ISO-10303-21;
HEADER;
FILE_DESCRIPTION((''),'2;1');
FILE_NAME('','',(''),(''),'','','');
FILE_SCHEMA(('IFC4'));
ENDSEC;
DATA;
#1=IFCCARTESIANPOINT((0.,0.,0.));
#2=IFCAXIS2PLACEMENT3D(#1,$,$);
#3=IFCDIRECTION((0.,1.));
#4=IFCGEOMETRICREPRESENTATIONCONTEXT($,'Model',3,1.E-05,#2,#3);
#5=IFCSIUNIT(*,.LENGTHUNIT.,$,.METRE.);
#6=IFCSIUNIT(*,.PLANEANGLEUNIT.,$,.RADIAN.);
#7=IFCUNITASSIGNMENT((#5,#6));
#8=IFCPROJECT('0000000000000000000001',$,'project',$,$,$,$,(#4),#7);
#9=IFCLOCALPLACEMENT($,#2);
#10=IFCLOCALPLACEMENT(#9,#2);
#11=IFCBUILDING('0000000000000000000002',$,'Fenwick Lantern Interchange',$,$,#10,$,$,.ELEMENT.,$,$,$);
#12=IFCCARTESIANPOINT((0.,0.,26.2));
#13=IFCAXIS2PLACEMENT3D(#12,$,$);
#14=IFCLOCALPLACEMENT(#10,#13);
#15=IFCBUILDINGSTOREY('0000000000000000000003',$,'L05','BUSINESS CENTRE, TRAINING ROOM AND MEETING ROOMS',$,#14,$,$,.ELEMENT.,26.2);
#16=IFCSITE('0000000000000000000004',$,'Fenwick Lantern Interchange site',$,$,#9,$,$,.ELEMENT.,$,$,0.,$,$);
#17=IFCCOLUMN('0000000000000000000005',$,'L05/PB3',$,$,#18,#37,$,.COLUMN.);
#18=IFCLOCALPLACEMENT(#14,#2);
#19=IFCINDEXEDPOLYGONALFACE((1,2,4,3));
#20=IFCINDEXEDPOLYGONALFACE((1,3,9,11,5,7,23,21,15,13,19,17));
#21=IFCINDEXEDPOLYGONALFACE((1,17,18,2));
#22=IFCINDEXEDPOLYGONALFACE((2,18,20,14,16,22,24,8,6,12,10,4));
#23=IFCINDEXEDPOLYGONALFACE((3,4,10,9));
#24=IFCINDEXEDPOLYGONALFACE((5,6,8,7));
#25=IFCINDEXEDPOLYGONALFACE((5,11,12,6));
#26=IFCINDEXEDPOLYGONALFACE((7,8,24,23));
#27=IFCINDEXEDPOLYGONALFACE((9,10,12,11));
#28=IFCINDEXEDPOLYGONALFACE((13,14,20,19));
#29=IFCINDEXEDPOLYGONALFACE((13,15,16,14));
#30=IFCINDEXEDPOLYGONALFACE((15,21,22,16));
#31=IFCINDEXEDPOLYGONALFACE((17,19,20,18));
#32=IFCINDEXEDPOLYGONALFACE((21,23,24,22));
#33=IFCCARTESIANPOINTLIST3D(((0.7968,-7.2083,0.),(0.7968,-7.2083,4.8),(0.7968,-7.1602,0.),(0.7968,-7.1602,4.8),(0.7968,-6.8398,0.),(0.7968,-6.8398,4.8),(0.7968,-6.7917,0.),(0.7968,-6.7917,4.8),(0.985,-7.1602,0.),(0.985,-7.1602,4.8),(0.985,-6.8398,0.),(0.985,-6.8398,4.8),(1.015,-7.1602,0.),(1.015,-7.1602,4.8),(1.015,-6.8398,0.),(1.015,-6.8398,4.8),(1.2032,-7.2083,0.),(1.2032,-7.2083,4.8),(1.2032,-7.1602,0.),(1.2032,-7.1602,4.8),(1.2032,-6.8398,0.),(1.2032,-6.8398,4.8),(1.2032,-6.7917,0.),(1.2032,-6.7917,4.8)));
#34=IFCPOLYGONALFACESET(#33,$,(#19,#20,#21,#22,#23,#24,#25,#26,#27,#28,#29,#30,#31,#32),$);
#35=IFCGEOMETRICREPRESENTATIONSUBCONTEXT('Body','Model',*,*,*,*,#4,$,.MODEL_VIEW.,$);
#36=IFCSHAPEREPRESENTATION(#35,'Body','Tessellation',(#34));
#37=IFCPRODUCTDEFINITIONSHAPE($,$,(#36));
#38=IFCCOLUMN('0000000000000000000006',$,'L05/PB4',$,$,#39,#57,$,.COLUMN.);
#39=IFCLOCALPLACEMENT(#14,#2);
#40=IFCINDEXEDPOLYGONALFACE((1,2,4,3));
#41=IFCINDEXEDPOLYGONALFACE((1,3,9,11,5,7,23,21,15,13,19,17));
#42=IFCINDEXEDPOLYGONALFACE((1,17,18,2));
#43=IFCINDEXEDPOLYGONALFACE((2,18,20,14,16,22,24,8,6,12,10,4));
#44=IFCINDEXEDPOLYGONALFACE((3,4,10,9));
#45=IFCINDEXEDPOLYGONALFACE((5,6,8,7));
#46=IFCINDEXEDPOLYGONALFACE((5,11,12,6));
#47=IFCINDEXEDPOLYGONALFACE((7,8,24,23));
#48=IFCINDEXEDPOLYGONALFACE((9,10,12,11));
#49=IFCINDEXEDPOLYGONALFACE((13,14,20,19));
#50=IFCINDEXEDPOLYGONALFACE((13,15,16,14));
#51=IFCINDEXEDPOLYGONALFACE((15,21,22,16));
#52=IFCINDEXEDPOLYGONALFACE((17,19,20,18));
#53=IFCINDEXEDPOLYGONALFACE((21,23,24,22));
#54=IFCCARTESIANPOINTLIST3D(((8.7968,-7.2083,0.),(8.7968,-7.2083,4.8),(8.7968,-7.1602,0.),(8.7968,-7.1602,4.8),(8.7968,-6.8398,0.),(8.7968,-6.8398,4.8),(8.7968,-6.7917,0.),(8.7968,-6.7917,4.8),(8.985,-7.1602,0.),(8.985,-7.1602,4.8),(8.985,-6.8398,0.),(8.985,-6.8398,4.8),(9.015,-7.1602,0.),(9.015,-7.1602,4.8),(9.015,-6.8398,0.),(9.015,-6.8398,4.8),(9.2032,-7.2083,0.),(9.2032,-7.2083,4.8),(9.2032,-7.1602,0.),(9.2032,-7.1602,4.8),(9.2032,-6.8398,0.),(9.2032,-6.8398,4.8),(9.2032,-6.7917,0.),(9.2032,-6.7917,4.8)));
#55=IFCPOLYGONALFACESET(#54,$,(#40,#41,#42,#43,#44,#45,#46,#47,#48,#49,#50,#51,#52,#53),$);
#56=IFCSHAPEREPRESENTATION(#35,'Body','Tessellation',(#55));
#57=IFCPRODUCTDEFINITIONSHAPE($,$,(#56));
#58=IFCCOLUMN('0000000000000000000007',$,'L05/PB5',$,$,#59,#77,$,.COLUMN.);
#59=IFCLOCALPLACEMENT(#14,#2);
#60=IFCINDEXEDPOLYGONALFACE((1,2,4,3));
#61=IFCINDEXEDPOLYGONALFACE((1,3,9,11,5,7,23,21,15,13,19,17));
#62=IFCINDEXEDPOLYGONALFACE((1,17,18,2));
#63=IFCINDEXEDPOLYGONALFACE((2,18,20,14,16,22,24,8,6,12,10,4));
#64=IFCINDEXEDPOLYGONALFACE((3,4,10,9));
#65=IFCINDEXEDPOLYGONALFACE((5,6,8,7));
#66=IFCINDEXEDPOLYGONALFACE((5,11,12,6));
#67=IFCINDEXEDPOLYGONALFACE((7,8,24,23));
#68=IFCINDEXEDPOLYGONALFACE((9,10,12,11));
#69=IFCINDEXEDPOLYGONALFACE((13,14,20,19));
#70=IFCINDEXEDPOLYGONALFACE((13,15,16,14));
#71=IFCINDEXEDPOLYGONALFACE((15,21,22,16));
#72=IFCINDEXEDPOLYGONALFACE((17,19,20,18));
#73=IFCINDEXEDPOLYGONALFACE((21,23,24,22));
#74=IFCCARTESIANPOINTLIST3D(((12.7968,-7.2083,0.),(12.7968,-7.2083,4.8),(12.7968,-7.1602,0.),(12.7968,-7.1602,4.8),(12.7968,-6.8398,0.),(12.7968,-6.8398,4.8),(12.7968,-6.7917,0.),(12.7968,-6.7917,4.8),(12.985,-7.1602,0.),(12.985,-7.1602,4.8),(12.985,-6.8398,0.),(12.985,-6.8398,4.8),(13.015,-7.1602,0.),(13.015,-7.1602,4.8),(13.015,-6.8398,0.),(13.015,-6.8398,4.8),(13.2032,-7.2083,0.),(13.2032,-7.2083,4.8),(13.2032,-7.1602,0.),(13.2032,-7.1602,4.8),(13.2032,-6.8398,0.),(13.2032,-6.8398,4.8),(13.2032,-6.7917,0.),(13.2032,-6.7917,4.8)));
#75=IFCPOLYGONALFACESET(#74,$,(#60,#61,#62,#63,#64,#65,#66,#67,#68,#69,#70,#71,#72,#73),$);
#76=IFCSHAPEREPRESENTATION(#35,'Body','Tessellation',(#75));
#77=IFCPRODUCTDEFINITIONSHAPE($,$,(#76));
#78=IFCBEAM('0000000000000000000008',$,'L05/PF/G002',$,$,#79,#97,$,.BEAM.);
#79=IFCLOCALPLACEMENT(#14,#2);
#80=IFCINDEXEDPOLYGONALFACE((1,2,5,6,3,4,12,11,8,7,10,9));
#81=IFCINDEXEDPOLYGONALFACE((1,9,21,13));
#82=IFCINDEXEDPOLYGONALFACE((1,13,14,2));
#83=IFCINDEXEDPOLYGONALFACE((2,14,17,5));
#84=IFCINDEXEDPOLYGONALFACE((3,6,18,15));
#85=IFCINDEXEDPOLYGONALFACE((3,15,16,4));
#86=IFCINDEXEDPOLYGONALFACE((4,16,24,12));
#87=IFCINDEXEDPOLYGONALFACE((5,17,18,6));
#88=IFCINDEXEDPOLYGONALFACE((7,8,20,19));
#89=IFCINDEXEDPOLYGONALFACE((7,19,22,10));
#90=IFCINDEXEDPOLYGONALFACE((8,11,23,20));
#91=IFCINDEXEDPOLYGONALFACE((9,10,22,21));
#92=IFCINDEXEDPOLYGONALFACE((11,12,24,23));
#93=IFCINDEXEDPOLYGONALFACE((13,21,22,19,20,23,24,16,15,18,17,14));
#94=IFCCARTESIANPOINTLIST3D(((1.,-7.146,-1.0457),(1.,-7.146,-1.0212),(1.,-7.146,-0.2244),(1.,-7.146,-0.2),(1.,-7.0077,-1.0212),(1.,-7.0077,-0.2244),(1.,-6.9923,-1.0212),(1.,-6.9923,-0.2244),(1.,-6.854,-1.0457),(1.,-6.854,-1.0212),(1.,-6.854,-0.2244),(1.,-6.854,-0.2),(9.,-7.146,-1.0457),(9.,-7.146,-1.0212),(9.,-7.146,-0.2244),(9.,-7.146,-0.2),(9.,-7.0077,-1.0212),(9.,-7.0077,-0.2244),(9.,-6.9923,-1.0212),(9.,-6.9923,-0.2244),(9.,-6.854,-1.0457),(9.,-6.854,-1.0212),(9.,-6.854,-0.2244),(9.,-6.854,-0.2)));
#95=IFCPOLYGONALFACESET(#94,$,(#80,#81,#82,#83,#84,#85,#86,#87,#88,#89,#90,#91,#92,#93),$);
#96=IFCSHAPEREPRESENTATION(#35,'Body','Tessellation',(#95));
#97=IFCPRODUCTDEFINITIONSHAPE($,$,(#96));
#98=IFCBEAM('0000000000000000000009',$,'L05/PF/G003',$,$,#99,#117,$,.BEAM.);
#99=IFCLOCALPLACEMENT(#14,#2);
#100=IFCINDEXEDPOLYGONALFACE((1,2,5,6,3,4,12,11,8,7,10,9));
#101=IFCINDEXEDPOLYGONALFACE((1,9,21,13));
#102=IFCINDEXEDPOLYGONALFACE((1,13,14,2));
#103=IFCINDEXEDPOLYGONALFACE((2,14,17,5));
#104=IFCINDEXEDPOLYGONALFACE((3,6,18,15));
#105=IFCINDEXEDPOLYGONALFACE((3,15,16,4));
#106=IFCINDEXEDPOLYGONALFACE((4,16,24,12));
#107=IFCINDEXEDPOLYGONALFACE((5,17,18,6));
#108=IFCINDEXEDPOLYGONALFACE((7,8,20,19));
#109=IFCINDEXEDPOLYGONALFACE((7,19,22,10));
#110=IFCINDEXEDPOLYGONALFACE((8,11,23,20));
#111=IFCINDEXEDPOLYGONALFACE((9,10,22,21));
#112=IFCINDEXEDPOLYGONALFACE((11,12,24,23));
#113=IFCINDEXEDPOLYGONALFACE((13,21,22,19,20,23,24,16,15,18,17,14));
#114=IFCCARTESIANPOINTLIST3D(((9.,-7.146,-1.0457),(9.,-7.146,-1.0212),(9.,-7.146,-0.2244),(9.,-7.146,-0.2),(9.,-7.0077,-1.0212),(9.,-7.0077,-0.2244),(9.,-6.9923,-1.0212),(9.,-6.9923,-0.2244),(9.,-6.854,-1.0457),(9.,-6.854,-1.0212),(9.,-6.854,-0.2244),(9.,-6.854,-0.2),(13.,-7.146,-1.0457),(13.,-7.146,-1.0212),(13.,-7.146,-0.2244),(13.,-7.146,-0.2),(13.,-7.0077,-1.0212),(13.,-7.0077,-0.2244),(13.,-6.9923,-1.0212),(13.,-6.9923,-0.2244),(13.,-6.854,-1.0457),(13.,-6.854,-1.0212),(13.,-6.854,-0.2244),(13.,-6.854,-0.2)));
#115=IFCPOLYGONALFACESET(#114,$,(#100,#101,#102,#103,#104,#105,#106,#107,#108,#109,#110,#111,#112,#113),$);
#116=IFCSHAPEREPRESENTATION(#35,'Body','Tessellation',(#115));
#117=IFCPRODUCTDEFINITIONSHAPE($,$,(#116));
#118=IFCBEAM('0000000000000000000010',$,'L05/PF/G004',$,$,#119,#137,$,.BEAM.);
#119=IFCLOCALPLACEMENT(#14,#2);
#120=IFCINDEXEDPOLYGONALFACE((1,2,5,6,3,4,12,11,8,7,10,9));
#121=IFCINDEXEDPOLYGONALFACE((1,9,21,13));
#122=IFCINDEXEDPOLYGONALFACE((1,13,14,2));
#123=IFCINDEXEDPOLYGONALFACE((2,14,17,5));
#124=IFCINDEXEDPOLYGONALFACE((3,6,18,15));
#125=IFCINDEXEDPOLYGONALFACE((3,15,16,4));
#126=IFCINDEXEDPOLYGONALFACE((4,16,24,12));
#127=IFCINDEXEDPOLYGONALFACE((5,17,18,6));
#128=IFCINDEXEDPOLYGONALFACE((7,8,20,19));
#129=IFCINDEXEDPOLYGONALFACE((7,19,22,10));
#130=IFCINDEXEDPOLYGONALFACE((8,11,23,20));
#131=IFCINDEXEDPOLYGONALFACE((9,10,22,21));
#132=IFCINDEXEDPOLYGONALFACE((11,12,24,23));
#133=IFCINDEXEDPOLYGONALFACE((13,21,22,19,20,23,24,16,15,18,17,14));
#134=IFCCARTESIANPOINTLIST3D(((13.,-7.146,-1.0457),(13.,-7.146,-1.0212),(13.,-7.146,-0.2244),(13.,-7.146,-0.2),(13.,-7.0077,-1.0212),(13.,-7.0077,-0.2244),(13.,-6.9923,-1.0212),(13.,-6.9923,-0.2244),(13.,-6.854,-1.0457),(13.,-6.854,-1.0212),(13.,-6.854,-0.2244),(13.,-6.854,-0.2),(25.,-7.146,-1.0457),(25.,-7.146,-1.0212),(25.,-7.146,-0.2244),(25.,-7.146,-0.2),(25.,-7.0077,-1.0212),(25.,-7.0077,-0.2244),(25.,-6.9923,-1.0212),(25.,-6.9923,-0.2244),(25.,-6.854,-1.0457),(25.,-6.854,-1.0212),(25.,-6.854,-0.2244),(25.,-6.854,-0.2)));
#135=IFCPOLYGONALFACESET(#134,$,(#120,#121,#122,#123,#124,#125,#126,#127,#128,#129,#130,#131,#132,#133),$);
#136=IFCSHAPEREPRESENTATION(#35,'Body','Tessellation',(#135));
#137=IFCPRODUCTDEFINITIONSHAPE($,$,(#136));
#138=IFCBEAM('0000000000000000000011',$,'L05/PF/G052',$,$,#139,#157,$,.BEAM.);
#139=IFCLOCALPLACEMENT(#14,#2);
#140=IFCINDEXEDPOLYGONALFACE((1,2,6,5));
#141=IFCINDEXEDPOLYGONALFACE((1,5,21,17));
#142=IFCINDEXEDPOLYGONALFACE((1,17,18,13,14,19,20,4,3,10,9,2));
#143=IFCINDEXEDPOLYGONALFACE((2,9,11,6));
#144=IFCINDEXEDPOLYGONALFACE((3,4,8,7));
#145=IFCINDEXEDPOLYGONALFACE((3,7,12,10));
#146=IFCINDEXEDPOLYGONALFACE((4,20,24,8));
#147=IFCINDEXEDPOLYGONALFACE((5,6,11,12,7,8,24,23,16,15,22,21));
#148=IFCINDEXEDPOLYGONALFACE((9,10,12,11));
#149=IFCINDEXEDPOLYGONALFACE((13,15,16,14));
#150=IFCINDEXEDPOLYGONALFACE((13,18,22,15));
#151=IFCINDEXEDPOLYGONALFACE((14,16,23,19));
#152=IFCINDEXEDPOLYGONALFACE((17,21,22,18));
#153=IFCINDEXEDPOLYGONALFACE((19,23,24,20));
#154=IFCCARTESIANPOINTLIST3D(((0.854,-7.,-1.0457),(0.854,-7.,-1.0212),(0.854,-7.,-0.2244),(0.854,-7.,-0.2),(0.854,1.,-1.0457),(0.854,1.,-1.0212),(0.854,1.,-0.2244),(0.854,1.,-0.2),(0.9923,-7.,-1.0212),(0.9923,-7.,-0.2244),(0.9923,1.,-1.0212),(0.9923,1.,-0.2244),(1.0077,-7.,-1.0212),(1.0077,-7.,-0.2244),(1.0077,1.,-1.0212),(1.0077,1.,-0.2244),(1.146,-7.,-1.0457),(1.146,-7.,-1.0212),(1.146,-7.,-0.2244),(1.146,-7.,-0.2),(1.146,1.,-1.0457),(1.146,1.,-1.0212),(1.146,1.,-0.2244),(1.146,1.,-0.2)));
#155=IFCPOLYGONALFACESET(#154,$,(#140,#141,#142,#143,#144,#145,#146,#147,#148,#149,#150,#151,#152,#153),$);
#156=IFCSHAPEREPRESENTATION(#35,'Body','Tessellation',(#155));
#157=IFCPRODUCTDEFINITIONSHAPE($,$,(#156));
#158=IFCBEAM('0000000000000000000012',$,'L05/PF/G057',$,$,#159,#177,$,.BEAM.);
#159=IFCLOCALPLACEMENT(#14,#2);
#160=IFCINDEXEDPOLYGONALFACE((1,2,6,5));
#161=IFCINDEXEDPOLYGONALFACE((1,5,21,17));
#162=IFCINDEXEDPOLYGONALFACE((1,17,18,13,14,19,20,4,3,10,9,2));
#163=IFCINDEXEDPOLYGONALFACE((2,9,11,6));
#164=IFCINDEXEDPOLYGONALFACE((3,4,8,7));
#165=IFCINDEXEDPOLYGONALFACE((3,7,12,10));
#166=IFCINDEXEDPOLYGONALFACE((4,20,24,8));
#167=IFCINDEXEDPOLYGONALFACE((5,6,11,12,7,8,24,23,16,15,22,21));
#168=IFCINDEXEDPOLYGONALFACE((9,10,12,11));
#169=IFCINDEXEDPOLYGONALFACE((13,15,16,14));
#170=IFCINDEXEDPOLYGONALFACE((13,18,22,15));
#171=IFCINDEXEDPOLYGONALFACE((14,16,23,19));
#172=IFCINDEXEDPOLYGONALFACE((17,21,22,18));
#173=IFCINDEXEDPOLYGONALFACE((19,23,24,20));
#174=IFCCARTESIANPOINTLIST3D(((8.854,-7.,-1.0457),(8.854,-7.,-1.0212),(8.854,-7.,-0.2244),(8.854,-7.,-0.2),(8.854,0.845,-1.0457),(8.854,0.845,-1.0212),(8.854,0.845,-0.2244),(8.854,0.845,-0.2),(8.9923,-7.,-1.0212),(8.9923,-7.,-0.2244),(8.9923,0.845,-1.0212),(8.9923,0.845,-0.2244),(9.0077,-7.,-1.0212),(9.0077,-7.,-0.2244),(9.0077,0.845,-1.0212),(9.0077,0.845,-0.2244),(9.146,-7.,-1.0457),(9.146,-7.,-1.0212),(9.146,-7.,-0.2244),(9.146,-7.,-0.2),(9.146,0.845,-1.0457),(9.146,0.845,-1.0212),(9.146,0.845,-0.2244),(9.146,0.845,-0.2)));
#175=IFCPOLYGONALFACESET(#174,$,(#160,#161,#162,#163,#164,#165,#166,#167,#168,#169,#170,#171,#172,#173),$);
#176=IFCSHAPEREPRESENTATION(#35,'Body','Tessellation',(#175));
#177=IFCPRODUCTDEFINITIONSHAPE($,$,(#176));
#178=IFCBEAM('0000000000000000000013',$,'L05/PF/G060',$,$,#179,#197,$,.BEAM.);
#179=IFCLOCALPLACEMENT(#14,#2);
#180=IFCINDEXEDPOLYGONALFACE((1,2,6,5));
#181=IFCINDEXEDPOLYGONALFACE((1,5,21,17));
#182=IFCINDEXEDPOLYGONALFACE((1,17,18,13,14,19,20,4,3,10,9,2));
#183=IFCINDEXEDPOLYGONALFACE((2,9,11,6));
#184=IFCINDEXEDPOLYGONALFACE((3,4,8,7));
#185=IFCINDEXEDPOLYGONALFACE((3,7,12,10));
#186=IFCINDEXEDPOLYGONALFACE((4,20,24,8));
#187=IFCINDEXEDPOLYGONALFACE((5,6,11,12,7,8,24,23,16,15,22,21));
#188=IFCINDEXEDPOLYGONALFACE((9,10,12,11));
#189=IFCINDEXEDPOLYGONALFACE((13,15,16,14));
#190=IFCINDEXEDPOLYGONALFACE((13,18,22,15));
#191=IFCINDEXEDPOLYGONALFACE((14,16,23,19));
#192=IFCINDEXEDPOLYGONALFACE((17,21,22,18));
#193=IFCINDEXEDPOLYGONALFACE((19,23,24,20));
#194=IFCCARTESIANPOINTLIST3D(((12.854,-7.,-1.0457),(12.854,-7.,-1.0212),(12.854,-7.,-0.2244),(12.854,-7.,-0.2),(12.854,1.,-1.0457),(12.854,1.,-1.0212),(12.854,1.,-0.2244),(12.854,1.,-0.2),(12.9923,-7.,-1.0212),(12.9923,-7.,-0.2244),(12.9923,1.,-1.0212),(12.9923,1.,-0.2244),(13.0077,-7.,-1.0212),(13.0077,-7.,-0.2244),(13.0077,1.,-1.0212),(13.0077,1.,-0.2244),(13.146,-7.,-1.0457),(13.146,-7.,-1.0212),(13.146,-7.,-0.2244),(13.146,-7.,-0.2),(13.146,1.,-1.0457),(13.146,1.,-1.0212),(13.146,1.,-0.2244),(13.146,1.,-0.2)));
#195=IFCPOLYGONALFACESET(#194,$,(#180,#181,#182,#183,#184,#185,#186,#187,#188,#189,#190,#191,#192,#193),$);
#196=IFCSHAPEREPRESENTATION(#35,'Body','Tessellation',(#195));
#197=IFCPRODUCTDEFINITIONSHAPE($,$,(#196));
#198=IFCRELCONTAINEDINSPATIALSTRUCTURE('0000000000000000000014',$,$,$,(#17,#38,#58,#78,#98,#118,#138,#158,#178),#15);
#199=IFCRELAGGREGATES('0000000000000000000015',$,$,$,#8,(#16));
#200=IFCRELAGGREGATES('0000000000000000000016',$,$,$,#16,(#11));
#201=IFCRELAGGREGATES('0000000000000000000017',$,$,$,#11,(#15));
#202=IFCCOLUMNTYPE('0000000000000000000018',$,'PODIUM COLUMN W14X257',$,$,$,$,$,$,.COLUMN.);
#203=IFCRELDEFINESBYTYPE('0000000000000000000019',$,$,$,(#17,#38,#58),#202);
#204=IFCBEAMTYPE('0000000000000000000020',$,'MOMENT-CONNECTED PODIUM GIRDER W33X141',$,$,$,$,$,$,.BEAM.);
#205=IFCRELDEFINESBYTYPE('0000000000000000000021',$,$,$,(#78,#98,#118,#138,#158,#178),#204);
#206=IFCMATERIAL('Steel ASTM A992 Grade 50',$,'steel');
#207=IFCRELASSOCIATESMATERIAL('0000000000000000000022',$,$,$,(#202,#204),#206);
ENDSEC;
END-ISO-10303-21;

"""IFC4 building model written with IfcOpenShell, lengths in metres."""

from ifc_helpers import new_model, si_unit, direction, frame, origin, origin_2d, place, context, subcontext, project, spatial, i_section, extrude, material, material_profile, profile_set, type_object, element, save


model = new_model("IFC4")

# Units and contexts
model_context = context("Model", 3, precision=1e-05, world=origin(), true_north=direction((0.0, 1.0)))
body_context = subcontext(model_context, "Body", "Model", "MODEL_VIEW")
ifc_project = project(units=[si_unit("LENGTHUNIT", "METRE"), si_unit("PLANEANGLEUNIT", "RADIAN")], contexts=[model_context])

# Site, building, storey
site_placement = place(None, origin())
site = spatial("IfcSite", under=ifc_project, at=site_placement, Name="Fenwick Lantern Interchange site", CompositionType="ELEMENT", RefElevation=0.0)
building_placement = place(site_placement, origin())
building = spatial("IfcBuilding", under=site, at=building_placement, Name="Fenwick Lantern Interchange", CompositionType="ELEMENT")
storey_placement = place(building_placement, frame((0.0, 0.0, 26.2)))
storey = spatial("IfcBuildingStorey", under=building, at=storey_placement, Name="L05", Description="BUSINESS CENTRE, TRAINING ROOM AND MEETING ROOMS", CompositionType="ELEMENT", Elevation=26.2)

# Columns
ifc_material_1 = material(Name="Steel ASTM A992 Grade 50", Category="steel")
ifc_material_profile_1 = material_profile(ifc_material_1, i_section(OverallWidth=0.4065, OverallDepth=0.4165, WebThickness=0.03, FlangeThickness=0.0481, at=origin_2d()), Name="W14X257")
ifc_profile_set_1 = profile_set([ifc_material_profile_1], Name="Steel ASTM A992 Grade 50")
column_type = type_object("IfcColumnType", Name="PODIUM COLUMN W14X257", PredefinedType="COLUMN", material=ifc_profile_set_1)
for number, where, z_axis, x_axis, name in (
    (1, (1.0, -7.0, 0.0), (0.0, 0.0, 1.0), (1.0, 0.0, 0.0), "L05/PB3"),
    (2, (9.0, -7.0, 0.0), (0.0, 0.0, 1.0), (1.0, 0.0, 0.0), "L05/PB4"),
    (3, (13.0, -7.0, 0.0), (0.0, 0.0, 1.0), (1.0, 0.0, 0.0), "L05/PB5"),
):
    element("IfcColumn", number, at=place(storey_placement, frame(where, z_axis=z_axis, x_axis=x_axis)), inside=storey, type_object=column_type, Name=name, PredefinedType="COLUMN", context=body_context, shape_type="SweptSolid", body=[
        extrude(i_section(OverallWidth=0.4065, OverallDepth=0.4165, WebThickness=0.03, FlangeThickness=0.0481, at=origin_2d()), origin(), (0.0, 0.0, 1.0), 4.8),
    ])

# Beams
ifc_material_profile_2 = material_profile(ifc_material_1, i_section(OverallWidth=0.292, OverallDepth=0.8457, WebThickness=0.0154, FlangeThickness=0.0244, at=origin_2d()), Name="W33X141")
ifc_profile_set_2 = profile_set([ifc_material_profile_2], Name="Steel ASTM A992 Grade 50")
beam_type_1 = type_object("IfcBeamType", Name="MOMENT-CONNECTED PODIUM GIRDER W33X141", PredefinedType="BEAM", material=ifc_profile_set_2)
beam_1_placement = place(storey_placement, frame((1.0, -7.0, -0.6228), z_axis=(1.0, 0.0, 0.0), x_axis=(0.0, 1.0, 0.0)))
element("IfcBeam", 4, at=beam_1_placement, inside=storey, type_object=beam_type_1, Name="L05/PF/G002", PredefinedType="BEAM", context=body_context, shape_type="SweptSolid", body=[
    extrude(i_section(OverallWidth=0.292, OverallDepth=0.8457, WebThickness=0.0154, FlangeThickness=0.0244, at=origin_2d()), origin(), (0.0, 0.0, 1.0), 8.0),
])
beam_2_placement = place(storey_placement, frame((9.0, -7.0, -0.6228), z_axis=(1.0, 0.0, 0.0), x_axis=(0.0, 1.0, 0.0)))
element("IfcBeam", 5, at=beam_2_placement, inside=storey, type_object=beam_type_1, Name="L05/PF/G003", PredefinedType="BEAM", context=body_context, shape_type="SweptSolid", body=[
    extrude(i_section(OverallWidth=0.292, OverallDepth=0.8457, WebThickness=0.0154, FlangeThickness=0.0244, at=origin_2d()), origin(), (0.0, 0.0, 1.0), 4.0),
])
beam_3_placement = place(storey_placement, frame((13.0, -7.0, -0.6228), z_axis=(1.0, 0.0, 0.0), x_axis=(0.0, 1.0, 0.0)))
element("IfcBeam", 6, at=beam_3_placement, inside=storey, type_object=beam_type_1, Name="L05/PF/G004", PredefinedType="BEAM", context=body_context, shape_type="SweptSolid", body=[
    extrude(i_section(OverallWidth=0.292, OverallDepth=0.8457, WebThickness=0.0154, FlangeThickness=0.0244, at=origin_2d()), origin(), (0.0, 0.0, 1.0), 12.0),
])
beam_4_placement = place(storey_placement, frame((1.0, -7.0, -0.6228), z_axis=(0.0, 1.0, 0.0), x_axis=(-1.0, 0.0, 0.0)))
element("IfcBeam", 7, at=beam_4_placement, inside=storey, type_object=beam_type_1, Name="L05/PF/G052", PredefinedType="BEAM", context=body_context, shape_type="SweptSolid", body=[
    extrude(i_section(OverallWidth=0.292, OverallDepth=0.8457, WebThickness=0.0154, FlangeThickness=0.0244, at=origin_2d()), origin(), (0.0, 0.0, 1.0), 8.0),
])
beam_5_placement = place(storey_placement, frame((9.0, -7.0, -0.6228), z_axis=(0.0, 1.0, 0.0), x_axis=(-1.0, 0.0, 0.0)))
element("IfcBeam", 8, at=beam_5_placement, inside=storey, type_object=beam_type_1, Name="L05/PF/G057", PredefinedType="BEAM", context=body_context, shape_type="SweptSolid", body=[
    extrude(i_section(OverallWidth=0.292, OverallDepth=0.8457, WebThickness=0.0154, FlangeThickness=0.0244, at=origin_2d()), origin(), (0.0, 0.0, 1.0), 7.845),
])
beam_6_placement = place(storey_placement, frame((13.0, -7.0, -0.6228), z_axis=(0.0, 1.0, 0.0), x_axis=(-1.0, 0.0, 0.0)))
element("IfcBeam", 9, at=beam_6_placement, inside=storey, type_object=beam_type_1, Name="L05/PF/G060", PredefinedType="BEAM", context=body_context, shape_type="SweptSolid", body=[
    extrude(i_section(OverallWidth=0.292, OverallDepth=0.8457, WebThickness=0.0154, FlangeThickness=0.0244, at=origin_2d()), origin(), (0.0, 0.0, 1.0), 8.0),
])

save(model, "model.ifc")
